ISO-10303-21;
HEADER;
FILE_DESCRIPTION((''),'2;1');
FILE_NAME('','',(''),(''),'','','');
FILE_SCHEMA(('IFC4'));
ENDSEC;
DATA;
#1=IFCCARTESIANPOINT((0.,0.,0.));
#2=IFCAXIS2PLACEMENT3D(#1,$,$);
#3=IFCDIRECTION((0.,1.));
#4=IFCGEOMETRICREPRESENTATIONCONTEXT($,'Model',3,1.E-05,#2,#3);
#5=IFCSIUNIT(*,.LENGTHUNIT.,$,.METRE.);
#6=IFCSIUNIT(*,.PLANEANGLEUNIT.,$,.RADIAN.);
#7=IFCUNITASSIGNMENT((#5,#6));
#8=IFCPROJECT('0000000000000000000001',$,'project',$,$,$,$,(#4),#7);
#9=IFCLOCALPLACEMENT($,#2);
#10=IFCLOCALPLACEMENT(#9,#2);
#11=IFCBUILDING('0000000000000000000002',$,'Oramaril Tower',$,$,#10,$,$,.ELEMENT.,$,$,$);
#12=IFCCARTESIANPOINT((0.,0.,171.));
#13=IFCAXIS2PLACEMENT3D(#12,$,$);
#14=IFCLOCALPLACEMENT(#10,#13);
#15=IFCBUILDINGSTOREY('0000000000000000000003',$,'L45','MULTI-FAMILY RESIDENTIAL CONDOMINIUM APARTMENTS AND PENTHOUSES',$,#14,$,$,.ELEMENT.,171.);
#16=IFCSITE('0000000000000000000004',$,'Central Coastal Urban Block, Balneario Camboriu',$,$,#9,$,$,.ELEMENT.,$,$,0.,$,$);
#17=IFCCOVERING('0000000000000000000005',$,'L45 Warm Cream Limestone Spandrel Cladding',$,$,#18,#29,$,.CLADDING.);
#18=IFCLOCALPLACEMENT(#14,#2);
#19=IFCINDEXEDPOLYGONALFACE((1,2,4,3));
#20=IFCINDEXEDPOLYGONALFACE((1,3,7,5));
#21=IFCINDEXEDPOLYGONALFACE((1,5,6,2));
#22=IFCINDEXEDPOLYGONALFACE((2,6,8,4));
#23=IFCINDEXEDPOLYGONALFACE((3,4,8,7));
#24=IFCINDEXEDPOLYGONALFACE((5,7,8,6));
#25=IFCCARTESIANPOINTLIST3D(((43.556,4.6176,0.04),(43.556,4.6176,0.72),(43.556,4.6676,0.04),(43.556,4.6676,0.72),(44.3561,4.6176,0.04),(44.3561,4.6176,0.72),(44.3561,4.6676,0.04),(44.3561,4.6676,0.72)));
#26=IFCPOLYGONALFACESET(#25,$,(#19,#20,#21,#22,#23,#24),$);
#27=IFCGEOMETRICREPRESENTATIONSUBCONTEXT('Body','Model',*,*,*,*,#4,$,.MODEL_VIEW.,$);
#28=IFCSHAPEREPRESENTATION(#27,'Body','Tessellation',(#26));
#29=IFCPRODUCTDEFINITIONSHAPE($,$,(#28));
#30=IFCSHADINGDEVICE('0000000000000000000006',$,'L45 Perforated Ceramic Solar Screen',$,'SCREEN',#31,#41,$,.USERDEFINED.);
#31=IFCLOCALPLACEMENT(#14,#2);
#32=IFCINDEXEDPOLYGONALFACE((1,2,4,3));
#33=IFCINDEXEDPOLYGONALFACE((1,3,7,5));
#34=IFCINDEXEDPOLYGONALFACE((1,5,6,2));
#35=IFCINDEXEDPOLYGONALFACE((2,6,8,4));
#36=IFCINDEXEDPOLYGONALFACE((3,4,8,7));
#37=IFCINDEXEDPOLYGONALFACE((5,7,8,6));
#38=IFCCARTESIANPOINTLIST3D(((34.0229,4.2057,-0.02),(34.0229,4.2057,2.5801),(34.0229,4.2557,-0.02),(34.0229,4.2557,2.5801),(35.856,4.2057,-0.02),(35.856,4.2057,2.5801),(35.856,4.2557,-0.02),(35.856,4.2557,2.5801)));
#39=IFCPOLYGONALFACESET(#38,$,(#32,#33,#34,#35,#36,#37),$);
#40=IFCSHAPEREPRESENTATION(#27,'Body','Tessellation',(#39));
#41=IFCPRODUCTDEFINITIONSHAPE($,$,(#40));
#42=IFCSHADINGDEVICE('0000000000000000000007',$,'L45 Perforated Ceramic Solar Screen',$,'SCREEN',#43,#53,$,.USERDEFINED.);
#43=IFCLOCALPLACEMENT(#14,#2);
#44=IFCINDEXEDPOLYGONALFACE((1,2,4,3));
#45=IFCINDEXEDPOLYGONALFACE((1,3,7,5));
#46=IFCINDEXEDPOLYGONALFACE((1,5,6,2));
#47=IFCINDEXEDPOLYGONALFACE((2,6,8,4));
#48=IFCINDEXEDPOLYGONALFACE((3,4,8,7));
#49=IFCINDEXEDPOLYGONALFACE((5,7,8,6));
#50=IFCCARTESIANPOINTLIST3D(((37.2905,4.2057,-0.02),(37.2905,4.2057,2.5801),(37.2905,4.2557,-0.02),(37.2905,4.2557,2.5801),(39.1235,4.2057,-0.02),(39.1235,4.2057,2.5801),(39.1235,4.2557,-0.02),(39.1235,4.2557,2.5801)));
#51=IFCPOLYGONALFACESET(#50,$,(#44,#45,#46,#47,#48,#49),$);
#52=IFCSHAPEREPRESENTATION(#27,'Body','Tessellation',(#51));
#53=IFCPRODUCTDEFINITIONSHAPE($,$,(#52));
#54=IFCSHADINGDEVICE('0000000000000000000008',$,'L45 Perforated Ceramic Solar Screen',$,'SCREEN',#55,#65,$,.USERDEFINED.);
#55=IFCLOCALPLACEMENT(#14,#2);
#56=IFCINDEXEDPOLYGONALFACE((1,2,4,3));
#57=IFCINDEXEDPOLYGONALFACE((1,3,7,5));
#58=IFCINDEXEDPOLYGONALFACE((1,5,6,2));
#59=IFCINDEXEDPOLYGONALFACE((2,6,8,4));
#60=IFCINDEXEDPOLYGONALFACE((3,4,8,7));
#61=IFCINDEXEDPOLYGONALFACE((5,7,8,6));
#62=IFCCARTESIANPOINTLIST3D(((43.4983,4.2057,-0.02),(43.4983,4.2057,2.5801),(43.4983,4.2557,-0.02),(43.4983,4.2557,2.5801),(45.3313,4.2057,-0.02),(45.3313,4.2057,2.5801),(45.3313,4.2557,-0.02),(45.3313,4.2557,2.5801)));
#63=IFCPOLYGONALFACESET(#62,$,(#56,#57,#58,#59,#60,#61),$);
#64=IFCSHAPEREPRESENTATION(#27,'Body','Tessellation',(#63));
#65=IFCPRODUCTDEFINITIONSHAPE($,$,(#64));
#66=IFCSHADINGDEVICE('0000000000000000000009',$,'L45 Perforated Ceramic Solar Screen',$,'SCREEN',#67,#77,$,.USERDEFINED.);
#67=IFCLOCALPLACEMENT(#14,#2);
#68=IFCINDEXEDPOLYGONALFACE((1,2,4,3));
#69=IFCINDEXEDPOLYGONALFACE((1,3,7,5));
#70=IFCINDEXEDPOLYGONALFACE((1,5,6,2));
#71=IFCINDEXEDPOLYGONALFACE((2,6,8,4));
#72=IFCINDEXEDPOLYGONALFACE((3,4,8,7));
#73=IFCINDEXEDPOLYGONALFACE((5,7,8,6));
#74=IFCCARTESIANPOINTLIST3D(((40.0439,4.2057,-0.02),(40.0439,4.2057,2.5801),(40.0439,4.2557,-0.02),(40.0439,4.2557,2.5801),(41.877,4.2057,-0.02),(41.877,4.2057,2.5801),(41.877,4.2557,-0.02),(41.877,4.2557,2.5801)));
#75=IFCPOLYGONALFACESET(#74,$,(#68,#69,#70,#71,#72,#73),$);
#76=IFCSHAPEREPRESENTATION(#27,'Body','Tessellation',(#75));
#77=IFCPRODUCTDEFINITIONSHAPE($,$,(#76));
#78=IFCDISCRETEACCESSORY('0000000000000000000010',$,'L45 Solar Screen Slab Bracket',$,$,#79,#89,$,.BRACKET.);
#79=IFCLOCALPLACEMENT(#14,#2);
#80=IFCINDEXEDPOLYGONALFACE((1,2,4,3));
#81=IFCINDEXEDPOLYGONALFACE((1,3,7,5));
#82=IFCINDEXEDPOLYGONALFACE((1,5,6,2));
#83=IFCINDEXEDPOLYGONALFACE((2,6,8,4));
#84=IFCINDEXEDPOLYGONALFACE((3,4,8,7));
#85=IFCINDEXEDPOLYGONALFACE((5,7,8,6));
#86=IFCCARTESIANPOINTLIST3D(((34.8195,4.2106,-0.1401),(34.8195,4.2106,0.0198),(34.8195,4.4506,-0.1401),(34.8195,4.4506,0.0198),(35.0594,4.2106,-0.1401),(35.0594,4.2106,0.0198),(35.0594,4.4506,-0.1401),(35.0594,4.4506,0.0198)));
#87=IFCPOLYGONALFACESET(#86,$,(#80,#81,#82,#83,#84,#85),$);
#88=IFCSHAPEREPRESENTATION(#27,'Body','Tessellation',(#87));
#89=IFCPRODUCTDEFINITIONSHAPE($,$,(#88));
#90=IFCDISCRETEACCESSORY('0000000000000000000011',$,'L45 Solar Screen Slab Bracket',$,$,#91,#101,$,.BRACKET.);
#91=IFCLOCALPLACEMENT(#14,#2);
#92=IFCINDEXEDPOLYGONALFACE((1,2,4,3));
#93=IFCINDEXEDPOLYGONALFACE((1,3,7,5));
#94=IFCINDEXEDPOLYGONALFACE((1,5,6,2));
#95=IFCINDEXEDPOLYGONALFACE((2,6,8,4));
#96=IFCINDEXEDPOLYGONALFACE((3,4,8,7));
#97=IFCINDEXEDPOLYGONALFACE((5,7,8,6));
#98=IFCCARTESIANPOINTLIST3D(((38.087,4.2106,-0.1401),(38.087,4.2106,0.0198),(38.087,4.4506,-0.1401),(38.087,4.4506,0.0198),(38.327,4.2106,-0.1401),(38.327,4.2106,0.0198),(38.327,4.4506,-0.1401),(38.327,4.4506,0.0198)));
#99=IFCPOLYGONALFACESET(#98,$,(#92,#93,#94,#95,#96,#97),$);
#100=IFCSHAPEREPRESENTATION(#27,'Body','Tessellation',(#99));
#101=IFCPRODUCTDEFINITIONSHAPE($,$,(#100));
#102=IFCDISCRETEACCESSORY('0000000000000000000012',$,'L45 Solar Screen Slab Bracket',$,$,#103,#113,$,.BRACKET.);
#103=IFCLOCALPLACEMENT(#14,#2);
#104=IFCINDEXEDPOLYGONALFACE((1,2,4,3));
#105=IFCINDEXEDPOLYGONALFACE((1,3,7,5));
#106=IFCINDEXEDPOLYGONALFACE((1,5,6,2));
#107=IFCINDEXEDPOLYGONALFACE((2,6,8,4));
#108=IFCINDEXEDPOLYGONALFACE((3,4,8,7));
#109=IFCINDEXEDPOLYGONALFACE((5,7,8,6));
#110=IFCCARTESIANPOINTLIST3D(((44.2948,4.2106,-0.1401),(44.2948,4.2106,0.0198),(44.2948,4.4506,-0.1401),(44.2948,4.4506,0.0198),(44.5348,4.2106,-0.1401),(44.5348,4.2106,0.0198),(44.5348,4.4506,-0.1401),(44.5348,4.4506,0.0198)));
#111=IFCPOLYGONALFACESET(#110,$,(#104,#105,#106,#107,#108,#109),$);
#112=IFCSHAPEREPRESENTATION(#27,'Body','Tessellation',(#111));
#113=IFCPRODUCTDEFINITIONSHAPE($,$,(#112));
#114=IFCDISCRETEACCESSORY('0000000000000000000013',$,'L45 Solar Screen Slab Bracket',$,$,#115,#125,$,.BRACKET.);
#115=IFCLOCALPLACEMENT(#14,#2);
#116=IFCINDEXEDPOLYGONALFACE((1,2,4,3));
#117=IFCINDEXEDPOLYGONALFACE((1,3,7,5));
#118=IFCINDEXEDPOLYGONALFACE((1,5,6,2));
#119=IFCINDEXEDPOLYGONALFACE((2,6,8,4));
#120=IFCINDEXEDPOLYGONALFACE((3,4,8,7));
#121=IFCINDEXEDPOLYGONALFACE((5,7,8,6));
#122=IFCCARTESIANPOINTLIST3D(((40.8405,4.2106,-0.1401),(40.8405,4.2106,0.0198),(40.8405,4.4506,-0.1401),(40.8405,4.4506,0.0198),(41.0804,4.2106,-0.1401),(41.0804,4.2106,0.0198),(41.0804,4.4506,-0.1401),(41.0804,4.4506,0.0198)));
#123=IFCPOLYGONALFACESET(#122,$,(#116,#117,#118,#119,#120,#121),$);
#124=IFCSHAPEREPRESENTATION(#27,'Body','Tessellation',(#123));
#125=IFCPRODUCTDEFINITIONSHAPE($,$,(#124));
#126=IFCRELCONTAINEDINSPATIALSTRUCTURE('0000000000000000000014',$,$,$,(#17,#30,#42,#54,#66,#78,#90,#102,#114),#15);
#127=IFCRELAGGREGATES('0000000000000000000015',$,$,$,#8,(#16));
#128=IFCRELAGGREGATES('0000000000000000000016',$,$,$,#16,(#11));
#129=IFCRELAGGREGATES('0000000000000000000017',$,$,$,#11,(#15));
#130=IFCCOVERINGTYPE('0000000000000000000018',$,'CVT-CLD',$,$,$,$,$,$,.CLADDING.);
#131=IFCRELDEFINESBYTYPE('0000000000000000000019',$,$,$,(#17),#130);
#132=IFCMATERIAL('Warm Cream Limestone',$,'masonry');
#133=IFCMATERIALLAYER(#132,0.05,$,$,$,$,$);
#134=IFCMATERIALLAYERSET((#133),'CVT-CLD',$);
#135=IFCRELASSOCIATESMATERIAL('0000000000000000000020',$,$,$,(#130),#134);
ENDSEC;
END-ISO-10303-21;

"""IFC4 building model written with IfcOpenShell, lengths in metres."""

from ifc_helpers import new_model, si_unit, direction, frame, origin, origin_2d, place, context, subcontext, project, spatial, rectangle, extrude, material, layer, layer_set, type_object, element, save


model = new_model("IFC4")

# Units and contexts
model_context = context("Model", 3, precision=1e-05, world=origin(), true_north=direction((0.0, 1.0)))
body_context = subcontext(model_context, "Body", "Model", "MODEL_VIEW")
ifc_project = project(units=[si_unit("LENGTHUNIT", "METRE"), si_unit("PLANEANGLEUNIT", "RADIAN")], contexts=[model_context])

# Site, building, storey
site_placement = place(None, origin())
site = spatial("IfcSite", under=ifc_project, at=site_placement, Name="Central Coastal Urban Block, Balneario Camboriu", CompositionType="ELEMENT", RefElevation=0.0)
building_placement = place(site_placement, origin())
building = spatial("IfcBuilding", under=site, at=building_placement, Name="Oramaril Tower", CompositionType="ELEMENT")
storey_placement = place(building_placement, frame((0.0, 0.0, 171.0)))
storey = spatial("IfcBuildingStorey", under=building, at=storey_placement, Name="L45", Description="MULTI-FAMILY RESIDENTIAL CONDOMINIUM APARTMENTS AND PENTHOUSES", CompositionType="ELEMENT", Elevation=171.0)

# Covering
ifc_material_1 = material(Name="Warm Cream Limestone", Category="masonry")
ifc_layer_1 = layer(ifc_material_1, 0.05)
ifc_layer_set_1 = layer_set([ifc_layer_1], Name="CVT-CLD")
covering_type = type_object("IfcCoveringType", Name="CVT-CLD", PredefinedType="CLADDING", material=ifc_layer_set_1)
covering_placement = place(storey_placement, frame((43.9561, 4.6426, 0.04), z_axis=(0.0, 0.0, 1.0), x_axis=(1.0, 0.0, 0.0)))
element("IfcCovering", 1, at=covering_placement, inside=storey, type_object=covering_type, Name="L45 Warm Cream Limestone Spandrel Cladding", PredefinedType="CLADDING", context=body_context, shape_type="SweptSolid", body=[
    extrude(rectangle(XDim=0.8, YDim=0.05, at=origin_2d()), origin(), (0.0, 0.0, 1.0), 0.6799),
])

# Shading devices
for number, where, z_axis, x_axis, name in (
    (2, (34.9395, 4.2307, -0.02), (0.0, 0.0, 1.0), (1.0, 0.0, 0.0), "L45 Perforated Ceramic Solar Screen"),
    (3, (38.207, 4.2307, -0.02), (0.0, 0.0, 1.0), (1.0, 0.0, 0.0), "L45 Perforated Ceramic Solar Screen"),
    (4, (44.4148, 4.2307, -0.02), (0.0, 0.0, 1.0), (1.0, 0.0, 0.0), "L45 Perforated Ceramic Solar Screen"),
    (5, (40.9604, 4.2307, -0.02), (0.0, 0.0, 1.0), (1.0, 0.0, 0.0), "L45 Perforated Ceramic Solar Screen"),
):
    element("IfcShadingDevice", number, at=place(storey_placement, frame(where, z_axis=z_axis, x_axis=x_axis)), inside=storey, Name=name, ObjectType="SCREEN", PredefinedType="USERDEFINED", context=body_context, shape_type="SweptSolid", body=[
        extrude(rectangle(XDim=1.833, YDim=0.05, at=origin_2d()), origin(), (0.0, 0.0, 1.0), 2.6001),
    ])

# Discrete accessories
for number, where, z_axis, x_axis, name in (
    (6, (34.9395, 4.3306, -0.1401), (0.0, 0.0, 1.0), (1.0, 0.0, 0.0), "L45 Solar Screen Slab Bracket"),
    (7, (38.207, 4.3306, -0.1401), (0.0, 0.0, 1.0), (1.0, 0.0, 0.0), "L45 Solar Screen Slab Bracket"),
    (8, (44.4148, 4.3306, -0.1401), (0.0, 0.0, 1.0), (1.0, 0.0, 0.0), "L45 Solar Screen Slab Bracket"),
    (9, (40.9604, 4.3306, -0.1401), (0.0, 0.0, 1.0), (1.0, 0.0, 0.0), "L45 Solar Screen Slab Bracket"),
):
    element("IfcDiscreteAccessory", number, at=place(storey_placement, frame(where, z_axis=z_axis, x_axis=x_axis)), inside=storey, Name=name, PredefinedType="BRACKET", context=body_context, shape_type="SweptSolid", body=[
        extrude(rectangle(XDim=0.24, YDim=0.24, at=origin_2d()), origin(), (0.0, 0.0, 1.0), 0.1599),
    ])

save(model, "model.ifc")
